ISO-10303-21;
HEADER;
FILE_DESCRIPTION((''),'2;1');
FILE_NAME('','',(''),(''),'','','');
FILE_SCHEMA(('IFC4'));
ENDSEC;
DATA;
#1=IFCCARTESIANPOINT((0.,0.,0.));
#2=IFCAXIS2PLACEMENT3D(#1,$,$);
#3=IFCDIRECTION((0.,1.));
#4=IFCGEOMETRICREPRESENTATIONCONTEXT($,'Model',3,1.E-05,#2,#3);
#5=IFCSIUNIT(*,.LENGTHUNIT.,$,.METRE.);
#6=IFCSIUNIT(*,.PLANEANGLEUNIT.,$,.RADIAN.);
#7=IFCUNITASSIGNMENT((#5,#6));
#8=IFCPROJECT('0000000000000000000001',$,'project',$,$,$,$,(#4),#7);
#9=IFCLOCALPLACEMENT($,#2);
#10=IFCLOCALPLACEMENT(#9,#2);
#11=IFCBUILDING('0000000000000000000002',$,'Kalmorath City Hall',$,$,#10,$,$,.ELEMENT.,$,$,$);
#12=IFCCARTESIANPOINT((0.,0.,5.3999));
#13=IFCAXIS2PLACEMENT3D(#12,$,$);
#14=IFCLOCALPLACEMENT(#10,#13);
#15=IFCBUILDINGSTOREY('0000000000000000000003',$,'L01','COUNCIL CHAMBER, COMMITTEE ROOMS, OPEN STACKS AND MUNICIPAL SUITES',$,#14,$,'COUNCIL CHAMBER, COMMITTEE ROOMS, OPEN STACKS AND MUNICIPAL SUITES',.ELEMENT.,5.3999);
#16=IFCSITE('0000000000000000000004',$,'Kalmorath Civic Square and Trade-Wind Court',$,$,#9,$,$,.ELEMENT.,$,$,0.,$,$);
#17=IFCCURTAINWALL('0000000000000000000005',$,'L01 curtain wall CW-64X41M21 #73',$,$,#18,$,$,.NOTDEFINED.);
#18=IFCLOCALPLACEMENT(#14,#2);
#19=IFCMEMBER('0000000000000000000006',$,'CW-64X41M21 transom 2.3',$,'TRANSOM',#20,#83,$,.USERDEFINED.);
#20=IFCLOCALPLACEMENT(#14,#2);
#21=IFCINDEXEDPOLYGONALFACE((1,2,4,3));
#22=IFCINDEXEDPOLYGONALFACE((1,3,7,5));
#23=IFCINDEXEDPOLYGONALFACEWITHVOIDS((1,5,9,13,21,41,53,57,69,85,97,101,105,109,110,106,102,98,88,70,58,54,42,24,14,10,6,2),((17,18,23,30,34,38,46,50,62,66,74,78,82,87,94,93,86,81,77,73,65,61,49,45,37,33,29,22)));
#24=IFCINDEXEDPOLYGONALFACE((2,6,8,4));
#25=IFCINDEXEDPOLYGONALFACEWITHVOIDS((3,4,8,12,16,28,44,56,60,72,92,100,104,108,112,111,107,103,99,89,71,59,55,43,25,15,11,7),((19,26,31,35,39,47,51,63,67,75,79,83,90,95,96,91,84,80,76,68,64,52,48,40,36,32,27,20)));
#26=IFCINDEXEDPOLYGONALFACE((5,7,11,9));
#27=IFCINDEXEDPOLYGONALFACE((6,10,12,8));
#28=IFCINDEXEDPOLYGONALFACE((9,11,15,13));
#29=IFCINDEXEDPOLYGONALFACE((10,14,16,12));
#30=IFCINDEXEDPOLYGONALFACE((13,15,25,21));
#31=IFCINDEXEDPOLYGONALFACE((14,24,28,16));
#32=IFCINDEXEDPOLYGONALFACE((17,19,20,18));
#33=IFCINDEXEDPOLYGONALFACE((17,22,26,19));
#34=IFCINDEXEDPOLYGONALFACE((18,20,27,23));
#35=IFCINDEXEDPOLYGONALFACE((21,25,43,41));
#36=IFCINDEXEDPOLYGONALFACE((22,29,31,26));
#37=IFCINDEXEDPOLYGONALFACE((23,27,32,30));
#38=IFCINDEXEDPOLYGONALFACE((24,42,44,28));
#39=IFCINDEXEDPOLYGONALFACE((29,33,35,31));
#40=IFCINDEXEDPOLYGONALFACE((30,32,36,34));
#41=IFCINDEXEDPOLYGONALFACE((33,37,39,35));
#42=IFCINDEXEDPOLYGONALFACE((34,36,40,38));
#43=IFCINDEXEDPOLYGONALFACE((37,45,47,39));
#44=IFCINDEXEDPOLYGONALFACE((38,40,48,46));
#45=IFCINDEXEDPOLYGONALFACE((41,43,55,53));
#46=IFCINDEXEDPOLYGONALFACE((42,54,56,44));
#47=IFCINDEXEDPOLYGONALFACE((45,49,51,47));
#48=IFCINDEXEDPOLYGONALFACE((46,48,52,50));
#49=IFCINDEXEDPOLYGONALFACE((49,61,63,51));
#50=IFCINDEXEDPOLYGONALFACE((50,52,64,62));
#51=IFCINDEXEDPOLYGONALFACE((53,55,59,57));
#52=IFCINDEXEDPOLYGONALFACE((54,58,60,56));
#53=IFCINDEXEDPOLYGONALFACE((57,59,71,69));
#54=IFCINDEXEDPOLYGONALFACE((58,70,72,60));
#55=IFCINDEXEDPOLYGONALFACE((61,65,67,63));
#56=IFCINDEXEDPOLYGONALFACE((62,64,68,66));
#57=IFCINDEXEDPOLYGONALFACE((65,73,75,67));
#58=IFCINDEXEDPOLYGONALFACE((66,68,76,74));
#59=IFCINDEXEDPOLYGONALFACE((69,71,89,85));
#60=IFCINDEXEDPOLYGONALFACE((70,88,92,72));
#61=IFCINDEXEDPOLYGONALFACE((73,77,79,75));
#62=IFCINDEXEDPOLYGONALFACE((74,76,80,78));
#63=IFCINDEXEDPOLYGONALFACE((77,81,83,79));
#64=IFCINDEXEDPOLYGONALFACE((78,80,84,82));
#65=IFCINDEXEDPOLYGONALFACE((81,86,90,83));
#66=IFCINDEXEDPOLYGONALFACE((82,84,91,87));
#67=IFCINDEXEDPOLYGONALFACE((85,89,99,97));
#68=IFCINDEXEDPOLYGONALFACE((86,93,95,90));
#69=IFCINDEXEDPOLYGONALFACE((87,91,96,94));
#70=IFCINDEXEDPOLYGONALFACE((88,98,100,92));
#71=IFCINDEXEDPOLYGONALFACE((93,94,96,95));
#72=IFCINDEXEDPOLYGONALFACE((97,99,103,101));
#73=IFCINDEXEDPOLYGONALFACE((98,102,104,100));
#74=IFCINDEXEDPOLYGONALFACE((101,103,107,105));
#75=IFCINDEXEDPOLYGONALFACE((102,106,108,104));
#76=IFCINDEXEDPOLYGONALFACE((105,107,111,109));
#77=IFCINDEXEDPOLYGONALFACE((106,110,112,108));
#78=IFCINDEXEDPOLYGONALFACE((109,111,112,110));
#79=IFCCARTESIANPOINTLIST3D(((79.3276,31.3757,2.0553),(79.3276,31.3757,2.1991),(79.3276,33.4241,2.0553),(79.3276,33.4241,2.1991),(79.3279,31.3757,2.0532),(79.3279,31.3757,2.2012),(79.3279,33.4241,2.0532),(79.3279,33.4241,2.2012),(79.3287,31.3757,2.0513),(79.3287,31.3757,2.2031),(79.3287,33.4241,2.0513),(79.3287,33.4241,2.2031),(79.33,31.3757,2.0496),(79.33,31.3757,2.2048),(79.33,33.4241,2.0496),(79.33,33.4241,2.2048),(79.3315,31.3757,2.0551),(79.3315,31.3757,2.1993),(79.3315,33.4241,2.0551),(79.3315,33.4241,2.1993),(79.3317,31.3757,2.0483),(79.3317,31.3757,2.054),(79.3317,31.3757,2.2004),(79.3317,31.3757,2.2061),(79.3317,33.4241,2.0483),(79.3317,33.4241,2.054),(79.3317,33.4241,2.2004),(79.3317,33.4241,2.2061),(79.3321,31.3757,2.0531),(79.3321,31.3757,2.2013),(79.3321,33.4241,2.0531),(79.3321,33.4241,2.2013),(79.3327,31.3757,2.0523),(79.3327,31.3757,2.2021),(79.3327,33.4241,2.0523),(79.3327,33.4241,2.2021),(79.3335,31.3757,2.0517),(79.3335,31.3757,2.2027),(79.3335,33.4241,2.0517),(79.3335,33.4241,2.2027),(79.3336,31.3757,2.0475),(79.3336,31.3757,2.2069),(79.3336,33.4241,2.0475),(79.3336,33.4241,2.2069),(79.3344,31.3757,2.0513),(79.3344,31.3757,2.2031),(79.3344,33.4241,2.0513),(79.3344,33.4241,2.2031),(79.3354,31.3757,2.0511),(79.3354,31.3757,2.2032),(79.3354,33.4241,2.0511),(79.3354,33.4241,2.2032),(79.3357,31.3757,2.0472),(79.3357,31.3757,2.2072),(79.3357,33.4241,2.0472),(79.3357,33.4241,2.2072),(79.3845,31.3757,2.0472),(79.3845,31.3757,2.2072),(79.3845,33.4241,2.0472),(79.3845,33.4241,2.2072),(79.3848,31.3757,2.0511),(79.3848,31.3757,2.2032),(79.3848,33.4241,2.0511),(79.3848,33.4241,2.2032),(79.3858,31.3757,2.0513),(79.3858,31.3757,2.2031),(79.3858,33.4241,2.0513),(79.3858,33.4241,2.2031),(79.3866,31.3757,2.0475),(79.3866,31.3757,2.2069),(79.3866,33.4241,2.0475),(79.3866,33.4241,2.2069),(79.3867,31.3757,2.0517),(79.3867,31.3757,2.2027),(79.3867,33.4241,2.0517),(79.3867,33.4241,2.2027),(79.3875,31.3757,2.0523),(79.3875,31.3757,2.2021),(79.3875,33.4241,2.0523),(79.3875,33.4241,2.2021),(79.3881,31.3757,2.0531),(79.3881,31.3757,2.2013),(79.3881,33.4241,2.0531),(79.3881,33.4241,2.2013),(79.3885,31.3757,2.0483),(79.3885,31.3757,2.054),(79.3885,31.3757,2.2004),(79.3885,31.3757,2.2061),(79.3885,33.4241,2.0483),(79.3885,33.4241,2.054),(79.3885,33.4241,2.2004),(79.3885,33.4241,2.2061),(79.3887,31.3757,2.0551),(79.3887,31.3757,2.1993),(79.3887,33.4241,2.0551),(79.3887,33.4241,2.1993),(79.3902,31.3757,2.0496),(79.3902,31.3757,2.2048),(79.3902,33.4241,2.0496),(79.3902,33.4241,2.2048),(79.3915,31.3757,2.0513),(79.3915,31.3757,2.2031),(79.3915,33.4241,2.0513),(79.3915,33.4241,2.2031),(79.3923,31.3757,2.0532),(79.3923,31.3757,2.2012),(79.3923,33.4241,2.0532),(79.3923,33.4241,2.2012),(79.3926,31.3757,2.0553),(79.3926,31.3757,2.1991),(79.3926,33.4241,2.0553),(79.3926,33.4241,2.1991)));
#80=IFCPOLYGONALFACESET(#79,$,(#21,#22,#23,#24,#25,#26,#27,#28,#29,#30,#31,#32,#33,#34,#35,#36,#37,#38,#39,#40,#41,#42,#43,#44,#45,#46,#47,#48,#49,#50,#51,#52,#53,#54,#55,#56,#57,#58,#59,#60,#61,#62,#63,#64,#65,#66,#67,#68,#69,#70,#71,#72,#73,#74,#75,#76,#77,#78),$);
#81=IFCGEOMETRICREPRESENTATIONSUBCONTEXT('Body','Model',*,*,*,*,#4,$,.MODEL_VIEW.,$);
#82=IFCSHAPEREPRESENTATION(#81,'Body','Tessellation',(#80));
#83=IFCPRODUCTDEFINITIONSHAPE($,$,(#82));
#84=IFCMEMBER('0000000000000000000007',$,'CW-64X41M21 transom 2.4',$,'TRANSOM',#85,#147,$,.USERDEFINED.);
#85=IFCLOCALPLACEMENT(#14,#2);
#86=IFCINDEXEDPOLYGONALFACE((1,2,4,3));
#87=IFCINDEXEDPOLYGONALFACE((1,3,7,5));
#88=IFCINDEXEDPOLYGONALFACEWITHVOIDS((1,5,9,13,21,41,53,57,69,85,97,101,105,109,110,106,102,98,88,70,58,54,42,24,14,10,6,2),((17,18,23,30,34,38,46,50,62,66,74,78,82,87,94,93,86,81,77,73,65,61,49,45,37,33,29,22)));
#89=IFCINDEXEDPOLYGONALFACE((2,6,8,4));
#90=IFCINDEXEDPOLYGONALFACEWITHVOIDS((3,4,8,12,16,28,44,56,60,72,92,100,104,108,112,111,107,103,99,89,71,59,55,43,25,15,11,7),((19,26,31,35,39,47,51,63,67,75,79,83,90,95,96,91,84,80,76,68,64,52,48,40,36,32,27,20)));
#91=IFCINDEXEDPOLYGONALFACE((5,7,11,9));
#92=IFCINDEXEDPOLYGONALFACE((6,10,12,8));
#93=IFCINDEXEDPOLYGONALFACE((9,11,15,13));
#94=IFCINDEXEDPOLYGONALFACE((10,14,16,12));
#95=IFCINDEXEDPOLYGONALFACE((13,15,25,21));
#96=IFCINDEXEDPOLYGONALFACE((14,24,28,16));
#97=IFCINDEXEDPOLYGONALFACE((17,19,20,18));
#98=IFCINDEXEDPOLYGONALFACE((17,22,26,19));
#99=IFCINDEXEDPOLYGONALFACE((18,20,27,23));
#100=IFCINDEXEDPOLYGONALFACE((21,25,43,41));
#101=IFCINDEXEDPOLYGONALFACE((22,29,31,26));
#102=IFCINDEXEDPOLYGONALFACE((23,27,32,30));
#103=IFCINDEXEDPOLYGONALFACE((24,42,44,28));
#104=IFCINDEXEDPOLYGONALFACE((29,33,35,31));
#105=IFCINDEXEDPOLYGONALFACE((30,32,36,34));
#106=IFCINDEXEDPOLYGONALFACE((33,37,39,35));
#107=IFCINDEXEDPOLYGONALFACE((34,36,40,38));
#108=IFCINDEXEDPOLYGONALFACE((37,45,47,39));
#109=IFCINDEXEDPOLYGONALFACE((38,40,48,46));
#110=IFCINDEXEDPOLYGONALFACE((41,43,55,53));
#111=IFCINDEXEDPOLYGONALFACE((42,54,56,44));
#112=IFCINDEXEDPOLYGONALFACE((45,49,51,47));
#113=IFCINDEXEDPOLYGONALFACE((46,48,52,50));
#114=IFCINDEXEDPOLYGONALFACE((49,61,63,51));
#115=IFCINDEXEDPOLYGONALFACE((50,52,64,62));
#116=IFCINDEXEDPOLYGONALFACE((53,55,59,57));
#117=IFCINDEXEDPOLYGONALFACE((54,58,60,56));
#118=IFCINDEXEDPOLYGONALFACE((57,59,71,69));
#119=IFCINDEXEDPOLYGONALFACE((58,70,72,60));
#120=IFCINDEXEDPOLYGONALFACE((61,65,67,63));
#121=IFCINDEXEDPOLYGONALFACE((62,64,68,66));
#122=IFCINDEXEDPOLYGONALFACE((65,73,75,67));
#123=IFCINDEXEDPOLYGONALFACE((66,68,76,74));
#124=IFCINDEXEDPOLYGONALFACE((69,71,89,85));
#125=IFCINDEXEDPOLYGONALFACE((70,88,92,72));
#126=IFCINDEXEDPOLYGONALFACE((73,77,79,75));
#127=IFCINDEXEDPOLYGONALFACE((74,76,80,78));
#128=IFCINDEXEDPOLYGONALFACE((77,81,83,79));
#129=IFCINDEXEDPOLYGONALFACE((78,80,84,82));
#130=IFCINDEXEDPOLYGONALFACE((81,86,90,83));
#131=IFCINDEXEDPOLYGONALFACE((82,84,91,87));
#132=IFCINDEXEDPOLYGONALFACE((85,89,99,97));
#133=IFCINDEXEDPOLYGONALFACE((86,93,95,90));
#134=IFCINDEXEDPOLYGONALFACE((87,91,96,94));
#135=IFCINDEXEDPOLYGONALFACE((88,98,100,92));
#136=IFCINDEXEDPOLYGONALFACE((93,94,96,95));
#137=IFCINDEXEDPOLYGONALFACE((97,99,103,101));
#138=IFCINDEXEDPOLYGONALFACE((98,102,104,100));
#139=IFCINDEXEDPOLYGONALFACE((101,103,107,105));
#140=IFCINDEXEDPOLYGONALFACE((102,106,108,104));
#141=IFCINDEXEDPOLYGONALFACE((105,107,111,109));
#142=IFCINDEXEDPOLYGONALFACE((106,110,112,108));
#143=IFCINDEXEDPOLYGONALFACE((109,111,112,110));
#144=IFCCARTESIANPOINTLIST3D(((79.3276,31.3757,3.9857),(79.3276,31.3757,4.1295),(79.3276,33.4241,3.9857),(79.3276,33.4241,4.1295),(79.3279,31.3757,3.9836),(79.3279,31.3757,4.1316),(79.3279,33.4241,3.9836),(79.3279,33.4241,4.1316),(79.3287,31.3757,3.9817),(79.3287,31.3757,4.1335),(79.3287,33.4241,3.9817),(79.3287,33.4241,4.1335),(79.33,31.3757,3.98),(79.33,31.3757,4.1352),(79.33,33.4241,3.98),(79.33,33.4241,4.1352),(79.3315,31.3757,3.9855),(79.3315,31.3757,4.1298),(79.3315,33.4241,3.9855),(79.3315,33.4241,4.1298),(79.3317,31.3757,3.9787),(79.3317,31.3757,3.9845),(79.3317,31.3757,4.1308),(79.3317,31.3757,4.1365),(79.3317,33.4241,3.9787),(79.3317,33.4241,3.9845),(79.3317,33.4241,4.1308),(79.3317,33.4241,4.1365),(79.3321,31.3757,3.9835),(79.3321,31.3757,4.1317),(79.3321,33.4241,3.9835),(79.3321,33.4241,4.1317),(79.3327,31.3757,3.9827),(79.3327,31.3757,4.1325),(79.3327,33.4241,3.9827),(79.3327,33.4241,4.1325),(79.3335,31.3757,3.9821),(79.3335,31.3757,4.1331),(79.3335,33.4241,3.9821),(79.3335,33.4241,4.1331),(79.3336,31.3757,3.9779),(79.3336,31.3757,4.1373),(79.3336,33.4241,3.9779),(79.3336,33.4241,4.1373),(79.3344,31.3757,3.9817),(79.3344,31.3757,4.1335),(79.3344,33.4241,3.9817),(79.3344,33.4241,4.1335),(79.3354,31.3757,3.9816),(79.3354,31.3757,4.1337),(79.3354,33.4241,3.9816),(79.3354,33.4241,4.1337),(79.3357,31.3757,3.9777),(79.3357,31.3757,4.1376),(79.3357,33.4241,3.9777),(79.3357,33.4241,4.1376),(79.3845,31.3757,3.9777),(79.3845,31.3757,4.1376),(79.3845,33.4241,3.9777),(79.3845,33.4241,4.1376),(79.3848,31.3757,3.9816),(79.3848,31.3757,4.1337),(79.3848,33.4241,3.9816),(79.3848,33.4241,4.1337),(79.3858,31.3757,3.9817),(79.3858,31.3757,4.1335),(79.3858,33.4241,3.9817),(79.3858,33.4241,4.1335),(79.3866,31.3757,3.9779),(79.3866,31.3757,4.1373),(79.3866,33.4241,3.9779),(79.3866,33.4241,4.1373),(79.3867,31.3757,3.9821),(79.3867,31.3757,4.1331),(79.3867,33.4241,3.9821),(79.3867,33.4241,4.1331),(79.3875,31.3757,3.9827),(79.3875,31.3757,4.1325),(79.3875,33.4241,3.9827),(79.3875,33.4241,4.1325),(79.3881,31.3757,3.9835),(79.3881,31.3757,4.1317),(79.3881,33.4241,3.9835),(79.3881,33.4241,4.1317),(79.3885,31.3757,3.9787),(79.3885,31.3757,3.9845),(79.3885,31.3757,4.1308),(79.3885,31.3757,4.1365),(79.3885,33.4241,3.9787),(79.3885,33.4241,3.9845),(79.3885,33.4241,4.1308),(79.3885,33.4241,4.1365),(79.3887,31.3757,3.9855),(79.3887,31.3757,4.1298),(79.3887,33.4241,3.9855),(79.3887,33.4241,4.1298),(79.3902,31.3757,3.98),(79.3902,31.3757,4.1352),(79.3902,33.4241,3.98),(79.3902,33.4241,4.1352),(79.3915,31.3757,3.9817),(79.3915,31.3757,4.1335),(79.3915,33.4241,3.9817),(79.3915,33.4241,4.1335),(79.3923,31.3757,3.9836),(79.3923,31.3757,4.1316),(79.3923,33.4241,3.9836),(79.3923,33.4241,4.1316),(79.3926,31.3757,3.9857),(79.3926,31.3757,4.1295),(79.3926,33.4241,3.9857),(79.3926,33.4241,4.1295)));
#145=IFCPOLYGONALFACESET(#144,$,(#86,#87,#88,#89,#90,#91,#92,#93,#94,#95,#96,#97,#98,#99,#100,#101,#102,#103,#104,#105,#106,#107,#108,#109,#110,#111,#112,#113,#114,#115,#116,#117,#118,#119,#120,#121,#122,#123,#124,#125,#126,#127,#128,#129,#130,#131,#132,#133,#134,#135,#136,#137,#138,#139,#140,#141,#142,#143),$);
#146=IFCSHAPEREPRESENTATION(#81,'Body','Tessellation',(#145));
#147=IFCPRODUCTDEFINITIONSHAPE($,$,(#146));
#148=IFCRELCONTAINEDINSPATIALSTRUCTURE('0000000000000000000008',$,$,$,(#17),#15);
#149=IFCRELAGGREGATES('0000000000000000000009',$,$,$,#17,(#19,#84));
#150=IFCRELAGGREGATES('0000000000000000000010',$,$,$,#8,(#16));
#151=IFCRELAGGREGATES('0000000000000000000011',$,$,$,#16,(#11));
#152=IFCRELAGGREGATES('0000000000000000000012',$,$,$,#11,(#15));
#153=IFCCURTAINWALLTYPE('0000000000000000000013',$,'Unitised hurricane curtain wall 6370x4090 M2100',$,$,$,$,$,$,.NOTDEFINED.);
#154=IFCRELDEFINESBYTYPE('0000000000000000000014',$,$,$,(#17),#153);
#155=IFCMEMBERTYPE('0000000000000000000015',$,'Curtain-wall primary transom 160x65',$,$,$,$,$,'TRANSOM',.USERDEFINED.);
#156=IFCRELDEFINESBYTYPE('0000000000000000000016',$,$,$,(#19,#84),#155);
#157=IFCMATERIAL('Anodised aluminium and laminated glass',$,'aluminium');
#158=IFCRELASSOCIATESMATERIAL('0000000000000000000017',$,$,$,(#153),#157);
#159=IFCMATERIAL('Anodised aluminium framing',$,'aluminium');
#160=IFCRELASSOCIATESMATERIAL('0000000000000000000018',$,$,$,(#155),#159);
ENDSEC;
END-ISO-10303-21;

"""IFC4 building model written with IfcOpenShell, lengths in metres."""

from ifc_helpers import new_model, si_unit, direction, frame, origin, origin_2d, place, context, subcontext, project, spatial, hollow_rectangle, extrude, material, material_profile, profile_set, type_object, element, aggregate, save


model = new_model("IFC4")

# Units and contexts
model_context = context("Model", 3, precision=1e-05, world=origin(), true_north=direction((0.0, 1.0)))
body_context = subcontext(model_context, "Body", "Model", "MODEL_VIEW")
ifc_project = project(units=[si_unit("LENGTHUNIT", "METRE"), si_unit("PLANEANGLEUNIT", "RADIAN")], contexts=[model_context])

# Site, building, storey
site_placement = place(None, origin())
site = spatial("IfcSite", under=ifc_project, at=site_placement, Name="Kalmorath Civic Square and Trade-Wind Court", CompositionType="ELEMENT", RefElevation=0.0)
building_placement = place(site_placement, origin())
building = spatial("IfcBuilding", under=site, at=building_placement, Name="Kalmorath City Hall", CompositionType="ELEMENT")
storey_placement = place(building_placement, frame((0.0, 0.0, 5.3999)))
storey = spatial("IfcBuildingStorey", under=building, at=storey_placement, Name="L01", Description="COUNCIL CHAMBER, COMMITTEE ROOMS, OPEN STACKS AND MUNICIPAL SUITES", LongName="COUNCIL CHAMBER, COMMITTEE ROOMS, OPEN STACKS AND MUNICIPAL SUITES", CompositionType="ELEMENT", Elevation=5.3999)

# Curtain wall
ifc_material_1 = material(Name="Anodised aluminium and laminated glass", Category="aluminium")
curtain_wall_type_1 = type_object("IfcCurtainWallType", Name="Unitised hurricane curtain wall 6370x4090 M2100", PredefinedType="NOTDEFINED", material=ifc_material_1)
curtain_wall_1_placement = place(storey_placement, origin())
curtain_wall_1 = element("IfcCurtainWall", 1, at=curtain_wall_1_placement, inside=storey, type_object=curtain_wall_type_1, Name="L01 curtain wall CW-64X41M21 #73", PredefinedType="NOTDEFINED")

# Members
ifc_material_2 = material(Name="Anodised aluminium framing", Category="aluminium")
ifc_material_profile_1 = material_profile(ifc_material_2, hollow_rectangle(XDim=0.0649, YDim=0.1599, WallThickness=0.0039, InnerFilletRadius=0.0039, OuterFilletRadius=0.0081, at=origin_2d()), Name="ALU-TRN-160X65X4")
ifc_profile_set_1 = profile_set([ifc_material_profile_1], Name="Anodised aluminium framing")
member_type_1 = type_object("IfcMemberType", Name="Curtain-wall primary transom 160x65", ElementType="TRANSOM", PredefinedType="USERDEFINED", material=ifc_profile_set_1)
member_1_placement = place(storey_placement, frame((79.3601, 31.3757, 2.1272), z_axis=(0.0, 1.0, 0.0), x_axis=(-1.0, 0.0, 0.0)))
member_1 = element("IfcMember", 2, at=member_1_placement, type_object=member_type_1, Name="CW-64X41M21 transom 2.3", ObjectType="TRANSOM", PredefinedType="USERDEFINED", context=body_context, shape_type="SweptSolid", body=[
    extrude(hollow_rectangle(XDim=0.0649, YDim=0.1599, WallThickness=0.0039, InnerFilletRadius=0.0039, OuterFilletRadius=0.0081, at=origin_2d()), origin(), (0.0, 0.0, 1.0), 2.0483),
])
member_2_placement = place(storey_placement, frame((79.3601, 31.3757, 4.0576), z_axis=(0.0, 1.0, 0.0), x_axis=(-1.0, 0.0, 0.0)))
member_2 = element("IfcMember", 3, at=member_2_placement, type_object=member_type_1, Name="CW-64X41M21 transom 2.4", ObjectType="TRANSOM", PredefinedType="USERDEFINED", context=body_context, shape_type="SweptSolid", body=[
    extrude(hollow_rectangle(XDim=0.0649, YDim=0.1599, WallThickness=0.0039, InnerFilletRadius=0.0039, OuterFilletRadius=0.0081, at=origin_2d()), origin(), (0.0, 0.0, 1.0), 2.0483),
])

aggregate(curtain_wall_1, [member_1, member_2])

save(model, "model.ifc")
